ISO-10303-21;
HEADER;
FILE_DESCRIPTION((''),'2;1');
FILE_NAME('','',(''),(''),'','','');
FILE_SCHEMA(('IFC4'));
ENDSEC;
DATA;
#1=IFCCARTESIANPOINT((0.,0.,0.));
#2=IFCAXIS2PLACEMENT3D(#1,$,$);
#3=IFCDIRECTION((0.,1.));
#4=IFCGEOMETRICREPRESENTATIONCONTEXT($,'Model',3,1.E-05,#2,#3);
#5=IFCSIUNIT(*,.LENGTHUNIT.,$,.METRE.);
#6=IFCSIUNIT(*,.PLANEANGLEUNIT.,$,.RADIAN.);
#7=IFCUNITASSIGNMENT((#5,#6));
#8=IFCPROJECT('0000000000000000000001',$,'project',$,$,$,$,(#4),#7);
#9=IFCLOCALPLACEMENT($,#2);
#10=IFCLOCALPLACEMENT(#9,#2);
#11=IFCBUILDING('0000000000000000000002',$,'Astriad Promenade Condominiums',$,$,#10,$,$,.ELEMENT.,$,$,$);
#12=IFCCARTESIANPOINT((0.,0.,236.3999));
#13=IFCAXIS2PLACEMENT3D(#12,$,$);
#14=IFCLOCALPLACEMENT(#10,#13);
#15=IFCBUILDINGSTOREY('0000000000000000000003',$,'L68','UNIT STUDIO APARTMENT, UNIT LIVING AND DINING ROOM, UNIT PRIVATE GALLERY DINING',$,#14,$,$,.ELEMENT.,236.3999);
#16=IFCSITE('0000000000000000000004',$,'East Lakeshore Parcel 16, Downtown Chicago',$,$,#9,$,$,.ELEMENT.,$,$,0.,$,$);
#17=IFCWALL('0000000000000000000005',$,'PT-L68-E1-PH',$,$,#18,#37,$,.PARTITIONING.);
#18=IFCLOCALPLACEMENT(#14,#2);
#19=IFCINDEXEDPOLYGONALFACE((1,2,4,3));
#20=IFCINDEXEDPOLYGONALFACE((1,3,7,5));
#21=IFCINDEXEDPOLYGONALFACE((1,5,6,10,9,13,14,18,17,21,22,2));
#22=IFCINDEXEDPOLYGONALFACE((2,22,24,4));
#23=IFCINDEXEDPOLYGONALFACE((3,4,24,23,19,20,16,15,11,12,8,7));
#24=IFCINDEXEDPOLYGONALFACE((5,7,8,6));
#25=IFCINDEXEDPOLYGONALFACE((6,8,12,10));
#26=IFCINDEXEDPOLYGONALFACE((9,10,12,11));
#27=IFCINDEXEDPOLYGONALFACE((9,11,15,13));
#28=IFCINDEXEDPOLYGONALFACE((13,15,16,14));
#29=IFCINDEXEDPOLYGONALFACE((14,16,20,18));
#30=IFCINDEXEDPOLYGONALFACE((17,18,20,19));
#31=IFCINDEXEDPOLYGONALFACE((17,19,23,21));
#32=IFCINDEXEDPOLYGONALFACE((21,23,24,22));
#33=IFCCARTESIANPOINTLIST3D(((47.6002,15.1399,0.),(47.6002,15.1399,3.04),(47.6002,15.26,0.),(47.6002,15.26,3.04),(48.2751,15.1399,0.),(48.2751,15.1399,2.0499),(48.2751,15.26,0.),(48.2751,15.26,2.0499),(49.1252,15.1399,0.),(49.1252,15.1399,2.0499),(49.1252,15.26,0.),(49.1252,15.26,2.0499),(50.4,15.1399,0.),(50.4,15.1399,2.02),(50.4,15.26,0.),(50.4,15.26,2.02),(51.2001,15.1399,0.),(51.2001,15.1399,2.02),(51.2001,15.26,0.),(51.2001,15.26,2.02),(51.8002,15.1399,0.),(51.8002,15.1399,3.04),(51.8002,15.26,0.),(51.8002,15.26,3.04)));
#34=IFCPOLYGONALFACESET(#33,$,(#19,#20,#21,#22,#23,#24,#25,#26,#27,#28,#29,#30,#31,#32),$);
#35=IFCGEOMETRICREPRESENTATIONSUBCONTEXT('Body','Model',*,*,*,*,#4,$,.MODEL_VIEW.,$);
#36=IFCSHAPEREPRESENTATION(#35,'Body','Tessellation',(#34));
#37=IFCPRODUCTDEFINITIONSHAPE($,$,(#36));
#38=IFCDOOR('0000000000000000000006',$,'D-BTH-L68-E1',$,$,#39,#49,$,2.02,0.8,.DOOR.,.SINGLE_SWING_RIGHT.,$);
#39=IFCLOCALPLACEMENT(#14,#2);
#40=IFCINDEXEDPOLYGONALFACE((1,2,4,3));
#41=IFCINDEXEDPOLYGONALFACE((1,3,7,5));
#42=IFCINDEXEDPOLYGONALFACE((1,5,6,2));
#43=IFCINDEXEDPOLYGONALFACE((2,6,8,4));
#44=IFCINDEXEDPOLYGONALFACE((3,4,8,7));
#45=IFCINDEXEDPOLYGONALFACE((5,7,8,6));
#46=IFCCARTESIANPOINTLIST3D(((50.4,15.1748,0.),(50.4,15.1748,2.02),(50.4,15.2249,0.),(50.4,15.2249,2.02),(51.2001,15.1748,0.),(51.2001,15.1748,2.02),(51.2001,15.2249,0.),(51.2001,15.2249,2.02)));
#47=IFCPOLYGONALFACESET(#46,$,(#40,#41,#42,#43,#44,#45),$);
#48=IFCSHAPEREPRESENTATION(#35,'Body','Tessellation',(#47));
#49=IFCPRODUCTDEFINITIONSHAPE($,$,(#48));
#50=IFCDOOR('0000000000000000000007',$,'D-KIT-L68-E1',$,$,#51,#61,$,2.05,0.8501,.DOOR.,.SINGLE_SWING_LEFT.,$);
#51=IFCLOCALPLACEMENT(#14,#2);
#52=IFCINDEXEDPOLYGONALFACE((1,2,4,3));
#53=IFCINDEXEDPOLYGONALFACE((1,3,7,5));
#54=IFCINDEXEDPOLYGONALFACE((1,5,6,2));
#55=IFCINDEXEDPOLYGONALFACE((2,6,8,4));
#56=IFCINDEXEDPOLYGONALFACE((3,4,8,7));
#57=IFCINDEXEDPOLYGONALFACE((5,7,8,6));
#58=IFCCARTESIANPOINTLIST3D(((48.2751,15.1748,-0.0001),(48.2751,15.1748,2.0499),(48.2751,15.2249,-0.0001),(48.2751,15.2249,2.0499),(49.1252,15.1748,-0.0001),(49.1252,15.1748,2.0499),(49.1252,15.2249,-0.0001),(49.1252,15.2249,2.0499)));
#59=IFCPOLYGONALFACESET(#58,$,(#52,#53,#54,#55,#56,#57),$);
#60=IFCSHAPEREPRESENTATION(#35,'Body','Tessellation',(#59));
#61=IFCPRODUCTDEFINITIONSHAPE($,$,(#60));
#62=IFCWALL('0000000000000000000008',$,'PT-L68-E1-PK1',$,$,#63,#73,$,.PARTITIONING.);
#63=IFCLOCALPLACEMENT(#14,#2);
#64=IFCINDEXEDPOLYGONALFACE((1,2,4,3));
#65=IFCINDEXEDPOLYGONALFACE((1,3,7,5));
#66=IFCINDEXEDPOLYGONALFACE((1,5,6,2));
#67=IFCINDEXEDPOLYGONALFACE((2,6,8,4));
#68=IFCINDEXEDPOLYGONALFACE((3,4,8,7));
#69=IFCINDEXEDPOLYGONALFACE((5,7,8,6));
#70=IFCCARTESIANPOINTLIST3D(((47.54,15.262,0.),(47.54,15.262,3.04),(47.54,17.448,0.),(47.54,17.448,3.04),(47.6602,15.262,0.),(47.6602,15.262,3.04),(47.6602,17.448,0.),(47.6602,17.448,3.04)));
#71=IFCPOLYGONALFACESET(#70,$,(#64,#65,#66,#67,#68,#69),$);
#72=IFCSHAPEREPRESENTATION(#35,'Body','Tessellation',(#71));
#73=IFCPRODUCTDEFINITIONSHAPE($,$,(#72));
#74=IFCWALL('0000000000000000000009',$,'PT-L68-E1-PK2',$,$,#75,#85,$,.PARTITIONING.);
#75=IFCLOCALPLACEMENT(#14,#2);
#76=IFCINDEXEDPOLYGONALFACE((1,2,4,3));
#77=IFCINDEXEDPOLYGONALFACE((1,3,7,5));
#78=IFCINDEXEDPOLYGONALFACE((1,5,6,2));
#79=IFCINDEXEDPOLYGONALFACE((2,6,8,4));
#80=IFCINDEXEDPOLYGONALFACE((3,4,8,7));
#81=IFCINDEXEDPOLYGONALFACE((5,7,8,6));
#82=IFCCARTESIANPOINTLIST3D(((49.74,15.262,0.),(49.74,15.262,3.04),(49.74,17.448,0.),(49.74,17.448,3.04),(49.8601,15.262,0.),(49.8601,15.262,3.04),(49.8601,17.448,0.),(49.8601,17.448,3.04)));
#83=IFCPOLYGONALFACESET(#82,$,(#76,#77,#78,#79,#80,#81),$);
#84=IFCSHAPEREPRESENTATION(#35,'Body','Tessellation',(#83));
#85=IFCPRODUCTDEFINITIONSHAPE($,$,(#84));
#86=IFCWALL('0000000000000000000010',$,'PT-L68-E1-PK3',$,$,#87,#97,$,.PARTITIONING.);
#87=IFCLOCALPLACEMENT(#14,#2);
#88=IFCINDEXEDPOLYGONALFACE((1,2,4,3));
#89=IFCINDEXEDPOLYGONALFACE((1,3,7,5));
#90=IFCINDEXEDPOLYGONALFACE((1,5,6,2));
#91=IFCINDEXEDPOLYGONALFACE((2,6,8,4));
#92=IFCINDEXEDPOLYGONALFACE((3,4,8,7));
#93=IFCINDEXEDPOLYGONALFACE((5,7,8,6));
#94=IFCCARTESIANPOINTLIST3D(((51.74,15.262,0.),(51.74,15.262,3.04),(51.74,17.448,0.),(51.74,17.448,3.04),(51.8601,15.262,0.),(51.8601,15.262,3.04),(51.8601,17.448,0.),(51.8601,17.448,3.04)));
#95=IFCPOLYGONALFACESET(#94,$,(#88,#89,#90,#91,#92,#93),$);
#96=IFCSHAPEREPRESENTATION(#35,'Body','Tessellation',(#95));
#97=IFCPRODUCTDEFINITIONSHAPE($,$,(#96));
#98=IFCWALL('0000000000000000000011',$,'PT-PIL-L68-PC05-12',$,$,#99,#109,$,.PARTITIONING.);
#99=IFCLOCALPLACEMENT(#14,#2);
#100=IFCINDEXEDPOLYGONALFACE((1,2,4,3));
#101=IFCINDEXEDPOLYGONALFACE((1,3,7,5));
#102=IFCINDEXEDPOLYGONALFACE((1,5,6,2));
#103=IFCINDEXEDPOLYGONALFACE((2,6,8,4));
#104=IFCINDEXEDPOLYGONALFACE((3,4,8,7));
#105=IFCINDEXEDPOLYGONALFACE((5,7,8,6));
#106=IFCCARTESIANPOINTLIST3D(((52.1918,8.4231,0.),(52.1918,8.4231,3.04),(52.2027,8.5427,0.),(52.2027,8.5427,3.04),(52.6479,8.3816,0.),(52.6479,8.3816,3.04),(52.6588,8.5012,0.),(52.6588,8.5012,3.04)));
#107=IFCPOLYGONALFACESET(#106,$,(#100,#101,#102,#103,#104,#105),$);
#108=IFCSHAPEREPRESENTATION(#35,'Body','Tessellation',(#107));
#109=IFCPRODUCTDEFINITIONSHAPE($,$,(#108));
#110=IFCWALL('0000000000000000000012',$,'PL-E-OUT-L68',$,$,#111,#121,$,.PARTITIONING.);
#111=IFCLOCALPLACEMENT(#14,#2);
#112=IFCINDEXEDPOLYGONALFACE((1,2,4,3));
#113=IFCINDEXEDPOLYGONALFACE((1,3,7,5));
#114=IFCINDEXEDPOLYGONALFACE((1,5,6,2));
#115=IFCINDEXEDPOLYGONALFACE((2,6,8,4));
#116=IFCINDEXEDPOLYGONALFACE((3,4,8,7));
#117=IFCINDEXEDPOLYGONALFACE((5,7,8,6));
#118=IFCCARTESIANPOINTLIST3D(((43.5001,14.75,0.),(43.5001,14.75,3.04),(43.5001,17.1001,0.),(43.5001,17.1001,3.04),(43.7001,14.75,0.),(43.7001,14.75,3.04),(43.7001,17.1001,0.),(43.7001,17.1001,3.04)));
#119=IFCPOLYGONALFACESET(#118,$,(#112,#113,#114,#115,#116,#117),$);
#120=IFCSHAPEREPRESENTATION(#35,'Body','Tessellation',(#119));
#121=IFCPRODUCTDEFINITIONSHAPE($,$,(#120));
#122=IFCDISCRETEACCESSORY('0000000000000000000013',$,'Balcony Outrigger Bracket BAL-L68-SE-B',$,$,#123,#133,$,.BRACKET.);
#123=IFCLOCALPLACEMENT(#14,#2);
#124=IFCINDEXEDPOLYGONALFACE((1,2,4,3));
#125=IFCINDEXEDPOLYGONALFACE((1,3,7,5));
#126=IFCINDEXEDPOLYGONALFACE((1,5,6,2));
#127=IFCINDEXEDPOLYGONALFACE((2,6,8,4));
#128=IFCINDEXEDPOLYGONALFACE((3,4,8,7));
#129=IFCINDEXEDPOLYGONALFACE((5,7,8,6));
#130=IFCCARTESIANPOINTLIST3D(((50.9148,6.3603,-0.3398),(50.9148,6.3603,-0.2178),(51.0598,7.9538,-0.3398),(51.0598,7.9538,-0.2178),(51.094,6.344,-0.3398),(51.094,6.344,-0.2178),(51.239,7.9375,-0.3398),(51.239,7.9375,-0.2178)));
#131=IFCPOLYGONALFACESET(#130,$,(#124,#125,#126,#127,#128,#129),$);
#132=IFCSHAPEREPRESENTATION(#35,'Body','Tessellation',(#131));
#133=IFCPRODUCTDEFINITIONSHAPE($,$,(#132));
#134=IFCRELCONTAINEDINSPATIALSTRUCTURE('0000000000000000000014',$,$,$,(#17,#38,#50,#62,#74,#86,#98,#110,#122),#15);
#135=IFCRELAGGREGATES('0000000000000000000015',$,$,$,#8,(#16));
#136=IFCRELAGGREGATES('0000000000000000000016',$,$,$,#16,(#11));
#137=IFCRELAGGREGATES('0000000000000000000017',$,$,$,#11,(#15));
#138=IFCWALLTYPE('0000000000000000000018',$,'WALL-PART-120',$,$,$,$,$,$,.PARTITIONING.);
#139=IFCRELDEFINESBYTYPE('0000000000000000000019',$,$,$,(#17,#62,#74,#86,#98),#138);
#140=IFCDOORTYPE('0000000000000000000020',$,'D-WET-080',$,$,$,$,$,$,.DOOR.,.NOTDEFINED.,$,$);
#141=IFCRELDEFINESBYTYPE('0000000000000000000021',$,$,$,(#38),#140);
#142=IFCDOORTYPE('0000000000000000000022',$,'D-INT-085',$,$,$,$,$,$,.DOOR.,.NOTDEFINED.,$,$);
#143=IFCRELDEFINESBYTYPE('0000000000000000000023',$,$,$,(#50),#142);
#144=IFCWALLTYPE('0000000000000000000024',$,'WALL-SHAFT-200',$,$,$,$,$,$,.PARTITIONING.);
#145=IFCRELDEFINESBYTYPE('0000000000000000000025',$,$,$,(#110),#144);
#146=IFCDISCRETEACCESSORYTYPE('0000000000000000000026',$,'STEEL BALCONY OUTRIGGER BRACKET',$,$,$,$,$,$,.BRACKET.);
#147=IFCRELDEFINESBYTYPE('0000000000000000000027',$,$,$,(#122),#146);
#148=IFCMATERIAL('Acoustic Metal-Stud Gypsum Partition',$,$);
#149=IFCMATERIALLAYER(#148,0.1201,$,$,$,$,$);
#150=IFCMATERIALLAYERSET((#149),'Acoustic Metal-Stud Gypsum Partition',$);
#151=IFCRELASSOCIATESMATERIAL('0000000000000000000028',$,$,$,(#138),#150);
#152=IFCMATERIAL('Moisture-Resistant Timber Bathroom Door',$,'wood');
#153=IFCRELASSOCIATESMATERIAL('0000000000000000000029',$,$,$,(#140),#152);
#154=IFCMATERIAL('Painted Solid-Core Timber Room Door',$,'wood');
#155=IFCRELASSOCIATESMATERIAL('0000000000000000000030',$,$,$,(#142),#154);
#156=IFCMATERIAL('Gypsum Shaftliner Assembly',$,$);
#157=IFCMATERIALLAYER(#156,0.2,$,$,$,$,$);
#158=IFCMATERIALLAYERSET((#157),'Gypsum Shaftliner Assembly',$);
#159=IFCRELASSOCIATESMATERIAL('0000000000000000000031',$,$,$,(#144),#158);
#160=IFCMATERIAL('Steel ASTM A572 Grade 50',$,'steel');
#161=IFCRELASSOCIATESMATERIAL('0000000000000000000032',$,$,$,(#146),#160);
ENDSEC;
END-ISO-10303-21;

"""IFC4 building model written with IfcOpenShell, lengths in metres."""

from ifc_helpers import new_model, si_unit, direction, frame, frame_2d, origin, origin_2d, place, context, subcontext, project, spatial, rectangle, extrude, source, transform, mapped, material, layer, layer_set, type_object, type_shapes, element, fill, save


model = new_model("IFC4")

# Units and contexts
model_context = context("Model", 3, precision=1e-05, world=origin(), true_north=direction((0.0, 1.0)))
body_context = subcontext(model_context, "Body", "Model", "MODEL_VIEW")
ifc_project = project(units=[si_unit("LENGTHUNIT", "METRE"), si_unit("PLANEANGLEUNIT", "RADIAN")], contexts=[model_context])

# Site, building, storey
site_placement = place(None, origin())
site = spatial("IfcSite", under=ifc_project, at=site_placement, Name="East Lakeshore Parcel 16, Downtown Chicago", CompositionType="ELEMENT", RefElevation=0.0)
building_placement = place(site_placement, origin())
building = spatial("IfcBuilding", under=site, at=building_placement, Name="Astriad Promenade Condominiums", CompositionType="ELEMENT")
storey_placement = place(building_placement, frame((0.0, 0.0, 236.3999)))
storey = spatial("IfcBuildingStorey", under=building, at=storey_placement, Name="L68", Description="UNIT STUDIO APARTMENT, UNIT LIVING AND DINING ROOM, UNIT PRIVATE GALLERY DINING", CompositionType="ELEMENT", Elevation=236.3999)

# Shared definitions
ifc_material_1 = material(Name="Acoustic Metal-Stud Gypsum Partition")
ifc_layer_1 = layer(ifc_material_1, 0.1201)
ifc_layer_set_1 = layer_set([ifc_layer_1], Name="Acoustic Metal-Stud Gypsum Partition")
wall_type_1 = type_object("IfcWallType", Name="WALL-PART-120", PredefinedType="PARTITIONING", material=ifc_layer_set_1)

# Wall, openings, doors
wall_1_placement = place(storey_placement, frame((47.6001, 15.2, 0.0), z_axis=(0.0, 0.0, 1.0), x_axis=(1.0, 0.0, 0.0)))
wall_1 = element("IfcWall", 1, at=wall_1_placement, inside=storey, type_object=wall_type_1, Name="PT-L68-E1-PH", PredefinedType="PARTITIONING", context=body_context, shape_type="SweptSolid", body=[
    extrude(rectangle(XDim=4.2, YDim=0.1201, at=frame_2d((2.1001, 0.0))), origin(), (0.0, 0.0, 1.0), 3.04),
])
opening_1_placement = place(wall_1_placement, frame((0.675, 0.0, 0.0)))
opening_1 = element("IfcOpeningElement", 2, at=opening_1_placement, cuts=wall_1, PredefinedType="OPENING", context=body_context, shape_type="SweptSolid", body=[
    extrude(rectangle(XDim=0.8501, YDim=2.05, at=frame_2d((0.425, 1.0249))), frame((0.0, 0.0701, 0.0), z_axis=(0.0, -1.0, 0.0), x_axis=(1.0, 0.0, 0.0)), (0.0, 0.0, 1.0), 0.1401),
])
opening_2_placement = place(wall_1_placement, frame((2.8, 0.0, 0.0)))
opening_2 = element("IfcOpeningElement", 3, at=opening_2_placement, cuts=wall_1, PredefinedType="OPENING", context=body_context, shape_type="SweptSolid", body=[
    extrude(rectangle(XDim=0.8, YDim=2.02, at=frame_2d((0.3999, 1.01))), frame((0.0, 0.0701, 0.0), z_axis=(0.0, -1.0, 0.0), x_axis=(1.0, 0.0, 0.0)), (0.0, 0.0, 1.0), 0.1401),
])
ifc_material_2 = material(Name="Moisture-Resistant Timber Bathroom Door", Category="wood")
door_type_1 = type_object("IfcDoorType", Name="D-WET-080", OperationType="NOTDEFINED", PredefinedType="DOOR", material=ifc_material_2)
shared_shape_1 = source(origin(), body_context, "Body", "SweptSolid", [
    extrude(rectangle(XDim=0.8, YDim=2.02, at=frame_2d((0.3999, 1.01))), frame((0.0, 0.0249, 0.0), z_axis=(0.0, -1.0, 0.0), x_axis=(1.0, 0.0, 0.0)), (0.0, 0.0, 1.0), 0.05),
])
type_shapes(door_type_1, [shared_shape_1])
door_1_placement = place(opening_2_placement, origin())
door_1 = element("IfcDoor", 4, at=door_1_placement, inside=storey, type_object=door_type_1, Name="D-BTH-L68-E1", OperationType="SINGLE_SWING_RIGHT", OverallHeight=2.02, OverallWidth=0.8, PredefinedType="DOOR", context=body_context, shape_type="MappedRepresentation", body=[
    mapped(shared_shape_1, transform((0.0, 0.0, 0.0), scale=1.0)),
])
fill(opening_2, door_1)
ifc_material_3 = material(Name="Painted Solid-Core Timber Room Door", Category="wood")
door_type_2 = type_object("IfcDoorType", Name="D-INT-085", OperationType="NOTDEFINED", PredefinedType="DOOR", material=ifc_material_3)
shared_shape_2 = source(origin(), body_context, "Body", "SweptSolid", [
    extrude(rectangle(XDim=0.8501, YDim=2.05, at=frame_2d((0.425, 1.0249))), frame((0.0, 0.0249, 0.0), z_axis=(0.0, -1.0, 0.0), x_axis=(1.0, 0.0, 0.0)), (0.0, 0.0, 1.0), 0.05),
])
type_shapes(door_type_2, [shared_shape_2])
door_2_placement = place(opening_1_placement, origin())
door_2 = element("IfcDoor", 5, at=door_2_placement, inside=storey, type_object=door_type_2, Name="D-KIT-L68-E1", OperationType="SINGLE_SWING_LEFT", OverallHeight=2.05, OverallWidth=0.8501, PredefinedType="DOOR", context=body_context, shape_type="MappedRepresentation", body=[
    mapped(shared_shape_2, transform((0.0, 0.0, 0.0), scale=1.0)),
])
fill(opening_1, door_2)

# Walls
for number, where, z_axis, x_axis, name in (
    (6, (47.6001, 15.262, 0.0), (0.0, 0.0, 1.0), (0.0, 1.0, 0.0), "PT-L68-E1-PK1"),
    (7, (49.8, 15.262, 0.0), (0.0, 0.0, 1.0), (0.0, 1.0, 0.0), "PT-L68-E1-PK2"),
    (8, (51.8, 15.262, 0.0), (0.0, 0.0, 1.0), (0.0, 1.0, 0.0), "PT-L68-E1-PK3"),
):
    element("IfcWall", number, at=place(storey_placement, frame(where, z_axis=z_axis, x_axis=x_axis)), inside=storey, type_object=wall_type_1, Name=name, PredefinedType="PARTITIONING", context=body_context, shape_type="SweptSolid", body=[
        extrude(rectangle(XDim=2.186, YDim=0.1201, at=frame_2d((1.093, 0.0))), origin(), (0.0, 0.0, 1.0), 3.04),
    ])
wall_2_placement = place(storey_placement, frame((52.1973, 8.4829, 0.0), z_axis=(0.0, 0.0, 1.0), x_axis=(0.995884, -0.090632, 0.0)))
element("IfcWall", 9, at=wall_2_placement, inside=storey, type_object=wall_type_1, Name="PT-PIL-L68-PC05-12", PredefinedType="PARTITIONING", context=body_context, shape_type="SweptSolid", body=[
    extrude(rectangle(XDim=0.458, YDim=0.1201, at=frame_2d((0.229, 0.0))), origin(), (0.0, 0.0, 1.0), 3.04),
])
ifc_material_4 = material(Name="Gypsum Shaftliner Assembly")
ifc_layer_2 = layer(ifc_material_4, 0.2)
ifc_layer_set_2 = layer_set([ifc_layer_2], Name="Gypsum Shaftliner Assembly")
wall_type_2 = type_object("IfcWallType", Name="WALL-SHAFT-200", PredefinedType="PARTITIONING", material=ifc_layer_set_2)
wall_3_placement = place(storey_placement, frame((43.6001, 14.75, 0.0), z_axis=(0.0, 0.0, 1.0), x_axis=(0.0, 1.0, 0.0)))
element("IfcWall", 10, at=wall_3_placement, inside=storey, type_object=wall_type_2, Name="PL-E-OUT-L68", PredefinedType="PARTITIONING", context=body_context, shape_type="SweptSolid", body=[
    extrude(rectangle(XDim=2.3501, YDim=0.2, at=frame_2d((1.175, 0.0))), origin(), (0.0, 0.0, 1.0), 3.04),
])

# Discrete accessory
ifc_material_5 = material(Name="Steel ASTM A572 Grade 50", Category="steel")
discrete_accessory_type = type_object("IfcDiscreteAccessoryType", Name="STEEL BALCONY OUTRIGGER BRACKET", PredefinedType="BRACKET", material=ifc_material_5)
shared_shape_3 = source(origin(), body_context, "Body", "SweptSolid", [
    extrude(rectangle(XDim=1.6001, YDim=0.1799, at=origin_2d()), origin(), (0.0, 0.0, 1.0), 0.1221),
])
type_shapes(discrete_accessory_type, [shared_shape_3])
discrete_accessory_placement = place(storey_placement, frame((51.0769, 7.1489, -0.3398), z_axis=(0.0, 0.0, 1.0), x_axis=(-0.090633, -0.995884, 0.0)))
element("IfcDiscreteAccessory", 11, at=discrete_accessory_placement, inside=storey, type_object=discrete_accessory_type, Name="Balcony Outrigger Bracket BAL-L68-SE-B", PredefinedType="BRACKET", context=body_context, shape_type="MappedRepresentation", body=[
    mapped(shared_shape_3, transform((0.0, 0.0, 0.0), scale=1.0)),
])

save(model, "model.ifc")
